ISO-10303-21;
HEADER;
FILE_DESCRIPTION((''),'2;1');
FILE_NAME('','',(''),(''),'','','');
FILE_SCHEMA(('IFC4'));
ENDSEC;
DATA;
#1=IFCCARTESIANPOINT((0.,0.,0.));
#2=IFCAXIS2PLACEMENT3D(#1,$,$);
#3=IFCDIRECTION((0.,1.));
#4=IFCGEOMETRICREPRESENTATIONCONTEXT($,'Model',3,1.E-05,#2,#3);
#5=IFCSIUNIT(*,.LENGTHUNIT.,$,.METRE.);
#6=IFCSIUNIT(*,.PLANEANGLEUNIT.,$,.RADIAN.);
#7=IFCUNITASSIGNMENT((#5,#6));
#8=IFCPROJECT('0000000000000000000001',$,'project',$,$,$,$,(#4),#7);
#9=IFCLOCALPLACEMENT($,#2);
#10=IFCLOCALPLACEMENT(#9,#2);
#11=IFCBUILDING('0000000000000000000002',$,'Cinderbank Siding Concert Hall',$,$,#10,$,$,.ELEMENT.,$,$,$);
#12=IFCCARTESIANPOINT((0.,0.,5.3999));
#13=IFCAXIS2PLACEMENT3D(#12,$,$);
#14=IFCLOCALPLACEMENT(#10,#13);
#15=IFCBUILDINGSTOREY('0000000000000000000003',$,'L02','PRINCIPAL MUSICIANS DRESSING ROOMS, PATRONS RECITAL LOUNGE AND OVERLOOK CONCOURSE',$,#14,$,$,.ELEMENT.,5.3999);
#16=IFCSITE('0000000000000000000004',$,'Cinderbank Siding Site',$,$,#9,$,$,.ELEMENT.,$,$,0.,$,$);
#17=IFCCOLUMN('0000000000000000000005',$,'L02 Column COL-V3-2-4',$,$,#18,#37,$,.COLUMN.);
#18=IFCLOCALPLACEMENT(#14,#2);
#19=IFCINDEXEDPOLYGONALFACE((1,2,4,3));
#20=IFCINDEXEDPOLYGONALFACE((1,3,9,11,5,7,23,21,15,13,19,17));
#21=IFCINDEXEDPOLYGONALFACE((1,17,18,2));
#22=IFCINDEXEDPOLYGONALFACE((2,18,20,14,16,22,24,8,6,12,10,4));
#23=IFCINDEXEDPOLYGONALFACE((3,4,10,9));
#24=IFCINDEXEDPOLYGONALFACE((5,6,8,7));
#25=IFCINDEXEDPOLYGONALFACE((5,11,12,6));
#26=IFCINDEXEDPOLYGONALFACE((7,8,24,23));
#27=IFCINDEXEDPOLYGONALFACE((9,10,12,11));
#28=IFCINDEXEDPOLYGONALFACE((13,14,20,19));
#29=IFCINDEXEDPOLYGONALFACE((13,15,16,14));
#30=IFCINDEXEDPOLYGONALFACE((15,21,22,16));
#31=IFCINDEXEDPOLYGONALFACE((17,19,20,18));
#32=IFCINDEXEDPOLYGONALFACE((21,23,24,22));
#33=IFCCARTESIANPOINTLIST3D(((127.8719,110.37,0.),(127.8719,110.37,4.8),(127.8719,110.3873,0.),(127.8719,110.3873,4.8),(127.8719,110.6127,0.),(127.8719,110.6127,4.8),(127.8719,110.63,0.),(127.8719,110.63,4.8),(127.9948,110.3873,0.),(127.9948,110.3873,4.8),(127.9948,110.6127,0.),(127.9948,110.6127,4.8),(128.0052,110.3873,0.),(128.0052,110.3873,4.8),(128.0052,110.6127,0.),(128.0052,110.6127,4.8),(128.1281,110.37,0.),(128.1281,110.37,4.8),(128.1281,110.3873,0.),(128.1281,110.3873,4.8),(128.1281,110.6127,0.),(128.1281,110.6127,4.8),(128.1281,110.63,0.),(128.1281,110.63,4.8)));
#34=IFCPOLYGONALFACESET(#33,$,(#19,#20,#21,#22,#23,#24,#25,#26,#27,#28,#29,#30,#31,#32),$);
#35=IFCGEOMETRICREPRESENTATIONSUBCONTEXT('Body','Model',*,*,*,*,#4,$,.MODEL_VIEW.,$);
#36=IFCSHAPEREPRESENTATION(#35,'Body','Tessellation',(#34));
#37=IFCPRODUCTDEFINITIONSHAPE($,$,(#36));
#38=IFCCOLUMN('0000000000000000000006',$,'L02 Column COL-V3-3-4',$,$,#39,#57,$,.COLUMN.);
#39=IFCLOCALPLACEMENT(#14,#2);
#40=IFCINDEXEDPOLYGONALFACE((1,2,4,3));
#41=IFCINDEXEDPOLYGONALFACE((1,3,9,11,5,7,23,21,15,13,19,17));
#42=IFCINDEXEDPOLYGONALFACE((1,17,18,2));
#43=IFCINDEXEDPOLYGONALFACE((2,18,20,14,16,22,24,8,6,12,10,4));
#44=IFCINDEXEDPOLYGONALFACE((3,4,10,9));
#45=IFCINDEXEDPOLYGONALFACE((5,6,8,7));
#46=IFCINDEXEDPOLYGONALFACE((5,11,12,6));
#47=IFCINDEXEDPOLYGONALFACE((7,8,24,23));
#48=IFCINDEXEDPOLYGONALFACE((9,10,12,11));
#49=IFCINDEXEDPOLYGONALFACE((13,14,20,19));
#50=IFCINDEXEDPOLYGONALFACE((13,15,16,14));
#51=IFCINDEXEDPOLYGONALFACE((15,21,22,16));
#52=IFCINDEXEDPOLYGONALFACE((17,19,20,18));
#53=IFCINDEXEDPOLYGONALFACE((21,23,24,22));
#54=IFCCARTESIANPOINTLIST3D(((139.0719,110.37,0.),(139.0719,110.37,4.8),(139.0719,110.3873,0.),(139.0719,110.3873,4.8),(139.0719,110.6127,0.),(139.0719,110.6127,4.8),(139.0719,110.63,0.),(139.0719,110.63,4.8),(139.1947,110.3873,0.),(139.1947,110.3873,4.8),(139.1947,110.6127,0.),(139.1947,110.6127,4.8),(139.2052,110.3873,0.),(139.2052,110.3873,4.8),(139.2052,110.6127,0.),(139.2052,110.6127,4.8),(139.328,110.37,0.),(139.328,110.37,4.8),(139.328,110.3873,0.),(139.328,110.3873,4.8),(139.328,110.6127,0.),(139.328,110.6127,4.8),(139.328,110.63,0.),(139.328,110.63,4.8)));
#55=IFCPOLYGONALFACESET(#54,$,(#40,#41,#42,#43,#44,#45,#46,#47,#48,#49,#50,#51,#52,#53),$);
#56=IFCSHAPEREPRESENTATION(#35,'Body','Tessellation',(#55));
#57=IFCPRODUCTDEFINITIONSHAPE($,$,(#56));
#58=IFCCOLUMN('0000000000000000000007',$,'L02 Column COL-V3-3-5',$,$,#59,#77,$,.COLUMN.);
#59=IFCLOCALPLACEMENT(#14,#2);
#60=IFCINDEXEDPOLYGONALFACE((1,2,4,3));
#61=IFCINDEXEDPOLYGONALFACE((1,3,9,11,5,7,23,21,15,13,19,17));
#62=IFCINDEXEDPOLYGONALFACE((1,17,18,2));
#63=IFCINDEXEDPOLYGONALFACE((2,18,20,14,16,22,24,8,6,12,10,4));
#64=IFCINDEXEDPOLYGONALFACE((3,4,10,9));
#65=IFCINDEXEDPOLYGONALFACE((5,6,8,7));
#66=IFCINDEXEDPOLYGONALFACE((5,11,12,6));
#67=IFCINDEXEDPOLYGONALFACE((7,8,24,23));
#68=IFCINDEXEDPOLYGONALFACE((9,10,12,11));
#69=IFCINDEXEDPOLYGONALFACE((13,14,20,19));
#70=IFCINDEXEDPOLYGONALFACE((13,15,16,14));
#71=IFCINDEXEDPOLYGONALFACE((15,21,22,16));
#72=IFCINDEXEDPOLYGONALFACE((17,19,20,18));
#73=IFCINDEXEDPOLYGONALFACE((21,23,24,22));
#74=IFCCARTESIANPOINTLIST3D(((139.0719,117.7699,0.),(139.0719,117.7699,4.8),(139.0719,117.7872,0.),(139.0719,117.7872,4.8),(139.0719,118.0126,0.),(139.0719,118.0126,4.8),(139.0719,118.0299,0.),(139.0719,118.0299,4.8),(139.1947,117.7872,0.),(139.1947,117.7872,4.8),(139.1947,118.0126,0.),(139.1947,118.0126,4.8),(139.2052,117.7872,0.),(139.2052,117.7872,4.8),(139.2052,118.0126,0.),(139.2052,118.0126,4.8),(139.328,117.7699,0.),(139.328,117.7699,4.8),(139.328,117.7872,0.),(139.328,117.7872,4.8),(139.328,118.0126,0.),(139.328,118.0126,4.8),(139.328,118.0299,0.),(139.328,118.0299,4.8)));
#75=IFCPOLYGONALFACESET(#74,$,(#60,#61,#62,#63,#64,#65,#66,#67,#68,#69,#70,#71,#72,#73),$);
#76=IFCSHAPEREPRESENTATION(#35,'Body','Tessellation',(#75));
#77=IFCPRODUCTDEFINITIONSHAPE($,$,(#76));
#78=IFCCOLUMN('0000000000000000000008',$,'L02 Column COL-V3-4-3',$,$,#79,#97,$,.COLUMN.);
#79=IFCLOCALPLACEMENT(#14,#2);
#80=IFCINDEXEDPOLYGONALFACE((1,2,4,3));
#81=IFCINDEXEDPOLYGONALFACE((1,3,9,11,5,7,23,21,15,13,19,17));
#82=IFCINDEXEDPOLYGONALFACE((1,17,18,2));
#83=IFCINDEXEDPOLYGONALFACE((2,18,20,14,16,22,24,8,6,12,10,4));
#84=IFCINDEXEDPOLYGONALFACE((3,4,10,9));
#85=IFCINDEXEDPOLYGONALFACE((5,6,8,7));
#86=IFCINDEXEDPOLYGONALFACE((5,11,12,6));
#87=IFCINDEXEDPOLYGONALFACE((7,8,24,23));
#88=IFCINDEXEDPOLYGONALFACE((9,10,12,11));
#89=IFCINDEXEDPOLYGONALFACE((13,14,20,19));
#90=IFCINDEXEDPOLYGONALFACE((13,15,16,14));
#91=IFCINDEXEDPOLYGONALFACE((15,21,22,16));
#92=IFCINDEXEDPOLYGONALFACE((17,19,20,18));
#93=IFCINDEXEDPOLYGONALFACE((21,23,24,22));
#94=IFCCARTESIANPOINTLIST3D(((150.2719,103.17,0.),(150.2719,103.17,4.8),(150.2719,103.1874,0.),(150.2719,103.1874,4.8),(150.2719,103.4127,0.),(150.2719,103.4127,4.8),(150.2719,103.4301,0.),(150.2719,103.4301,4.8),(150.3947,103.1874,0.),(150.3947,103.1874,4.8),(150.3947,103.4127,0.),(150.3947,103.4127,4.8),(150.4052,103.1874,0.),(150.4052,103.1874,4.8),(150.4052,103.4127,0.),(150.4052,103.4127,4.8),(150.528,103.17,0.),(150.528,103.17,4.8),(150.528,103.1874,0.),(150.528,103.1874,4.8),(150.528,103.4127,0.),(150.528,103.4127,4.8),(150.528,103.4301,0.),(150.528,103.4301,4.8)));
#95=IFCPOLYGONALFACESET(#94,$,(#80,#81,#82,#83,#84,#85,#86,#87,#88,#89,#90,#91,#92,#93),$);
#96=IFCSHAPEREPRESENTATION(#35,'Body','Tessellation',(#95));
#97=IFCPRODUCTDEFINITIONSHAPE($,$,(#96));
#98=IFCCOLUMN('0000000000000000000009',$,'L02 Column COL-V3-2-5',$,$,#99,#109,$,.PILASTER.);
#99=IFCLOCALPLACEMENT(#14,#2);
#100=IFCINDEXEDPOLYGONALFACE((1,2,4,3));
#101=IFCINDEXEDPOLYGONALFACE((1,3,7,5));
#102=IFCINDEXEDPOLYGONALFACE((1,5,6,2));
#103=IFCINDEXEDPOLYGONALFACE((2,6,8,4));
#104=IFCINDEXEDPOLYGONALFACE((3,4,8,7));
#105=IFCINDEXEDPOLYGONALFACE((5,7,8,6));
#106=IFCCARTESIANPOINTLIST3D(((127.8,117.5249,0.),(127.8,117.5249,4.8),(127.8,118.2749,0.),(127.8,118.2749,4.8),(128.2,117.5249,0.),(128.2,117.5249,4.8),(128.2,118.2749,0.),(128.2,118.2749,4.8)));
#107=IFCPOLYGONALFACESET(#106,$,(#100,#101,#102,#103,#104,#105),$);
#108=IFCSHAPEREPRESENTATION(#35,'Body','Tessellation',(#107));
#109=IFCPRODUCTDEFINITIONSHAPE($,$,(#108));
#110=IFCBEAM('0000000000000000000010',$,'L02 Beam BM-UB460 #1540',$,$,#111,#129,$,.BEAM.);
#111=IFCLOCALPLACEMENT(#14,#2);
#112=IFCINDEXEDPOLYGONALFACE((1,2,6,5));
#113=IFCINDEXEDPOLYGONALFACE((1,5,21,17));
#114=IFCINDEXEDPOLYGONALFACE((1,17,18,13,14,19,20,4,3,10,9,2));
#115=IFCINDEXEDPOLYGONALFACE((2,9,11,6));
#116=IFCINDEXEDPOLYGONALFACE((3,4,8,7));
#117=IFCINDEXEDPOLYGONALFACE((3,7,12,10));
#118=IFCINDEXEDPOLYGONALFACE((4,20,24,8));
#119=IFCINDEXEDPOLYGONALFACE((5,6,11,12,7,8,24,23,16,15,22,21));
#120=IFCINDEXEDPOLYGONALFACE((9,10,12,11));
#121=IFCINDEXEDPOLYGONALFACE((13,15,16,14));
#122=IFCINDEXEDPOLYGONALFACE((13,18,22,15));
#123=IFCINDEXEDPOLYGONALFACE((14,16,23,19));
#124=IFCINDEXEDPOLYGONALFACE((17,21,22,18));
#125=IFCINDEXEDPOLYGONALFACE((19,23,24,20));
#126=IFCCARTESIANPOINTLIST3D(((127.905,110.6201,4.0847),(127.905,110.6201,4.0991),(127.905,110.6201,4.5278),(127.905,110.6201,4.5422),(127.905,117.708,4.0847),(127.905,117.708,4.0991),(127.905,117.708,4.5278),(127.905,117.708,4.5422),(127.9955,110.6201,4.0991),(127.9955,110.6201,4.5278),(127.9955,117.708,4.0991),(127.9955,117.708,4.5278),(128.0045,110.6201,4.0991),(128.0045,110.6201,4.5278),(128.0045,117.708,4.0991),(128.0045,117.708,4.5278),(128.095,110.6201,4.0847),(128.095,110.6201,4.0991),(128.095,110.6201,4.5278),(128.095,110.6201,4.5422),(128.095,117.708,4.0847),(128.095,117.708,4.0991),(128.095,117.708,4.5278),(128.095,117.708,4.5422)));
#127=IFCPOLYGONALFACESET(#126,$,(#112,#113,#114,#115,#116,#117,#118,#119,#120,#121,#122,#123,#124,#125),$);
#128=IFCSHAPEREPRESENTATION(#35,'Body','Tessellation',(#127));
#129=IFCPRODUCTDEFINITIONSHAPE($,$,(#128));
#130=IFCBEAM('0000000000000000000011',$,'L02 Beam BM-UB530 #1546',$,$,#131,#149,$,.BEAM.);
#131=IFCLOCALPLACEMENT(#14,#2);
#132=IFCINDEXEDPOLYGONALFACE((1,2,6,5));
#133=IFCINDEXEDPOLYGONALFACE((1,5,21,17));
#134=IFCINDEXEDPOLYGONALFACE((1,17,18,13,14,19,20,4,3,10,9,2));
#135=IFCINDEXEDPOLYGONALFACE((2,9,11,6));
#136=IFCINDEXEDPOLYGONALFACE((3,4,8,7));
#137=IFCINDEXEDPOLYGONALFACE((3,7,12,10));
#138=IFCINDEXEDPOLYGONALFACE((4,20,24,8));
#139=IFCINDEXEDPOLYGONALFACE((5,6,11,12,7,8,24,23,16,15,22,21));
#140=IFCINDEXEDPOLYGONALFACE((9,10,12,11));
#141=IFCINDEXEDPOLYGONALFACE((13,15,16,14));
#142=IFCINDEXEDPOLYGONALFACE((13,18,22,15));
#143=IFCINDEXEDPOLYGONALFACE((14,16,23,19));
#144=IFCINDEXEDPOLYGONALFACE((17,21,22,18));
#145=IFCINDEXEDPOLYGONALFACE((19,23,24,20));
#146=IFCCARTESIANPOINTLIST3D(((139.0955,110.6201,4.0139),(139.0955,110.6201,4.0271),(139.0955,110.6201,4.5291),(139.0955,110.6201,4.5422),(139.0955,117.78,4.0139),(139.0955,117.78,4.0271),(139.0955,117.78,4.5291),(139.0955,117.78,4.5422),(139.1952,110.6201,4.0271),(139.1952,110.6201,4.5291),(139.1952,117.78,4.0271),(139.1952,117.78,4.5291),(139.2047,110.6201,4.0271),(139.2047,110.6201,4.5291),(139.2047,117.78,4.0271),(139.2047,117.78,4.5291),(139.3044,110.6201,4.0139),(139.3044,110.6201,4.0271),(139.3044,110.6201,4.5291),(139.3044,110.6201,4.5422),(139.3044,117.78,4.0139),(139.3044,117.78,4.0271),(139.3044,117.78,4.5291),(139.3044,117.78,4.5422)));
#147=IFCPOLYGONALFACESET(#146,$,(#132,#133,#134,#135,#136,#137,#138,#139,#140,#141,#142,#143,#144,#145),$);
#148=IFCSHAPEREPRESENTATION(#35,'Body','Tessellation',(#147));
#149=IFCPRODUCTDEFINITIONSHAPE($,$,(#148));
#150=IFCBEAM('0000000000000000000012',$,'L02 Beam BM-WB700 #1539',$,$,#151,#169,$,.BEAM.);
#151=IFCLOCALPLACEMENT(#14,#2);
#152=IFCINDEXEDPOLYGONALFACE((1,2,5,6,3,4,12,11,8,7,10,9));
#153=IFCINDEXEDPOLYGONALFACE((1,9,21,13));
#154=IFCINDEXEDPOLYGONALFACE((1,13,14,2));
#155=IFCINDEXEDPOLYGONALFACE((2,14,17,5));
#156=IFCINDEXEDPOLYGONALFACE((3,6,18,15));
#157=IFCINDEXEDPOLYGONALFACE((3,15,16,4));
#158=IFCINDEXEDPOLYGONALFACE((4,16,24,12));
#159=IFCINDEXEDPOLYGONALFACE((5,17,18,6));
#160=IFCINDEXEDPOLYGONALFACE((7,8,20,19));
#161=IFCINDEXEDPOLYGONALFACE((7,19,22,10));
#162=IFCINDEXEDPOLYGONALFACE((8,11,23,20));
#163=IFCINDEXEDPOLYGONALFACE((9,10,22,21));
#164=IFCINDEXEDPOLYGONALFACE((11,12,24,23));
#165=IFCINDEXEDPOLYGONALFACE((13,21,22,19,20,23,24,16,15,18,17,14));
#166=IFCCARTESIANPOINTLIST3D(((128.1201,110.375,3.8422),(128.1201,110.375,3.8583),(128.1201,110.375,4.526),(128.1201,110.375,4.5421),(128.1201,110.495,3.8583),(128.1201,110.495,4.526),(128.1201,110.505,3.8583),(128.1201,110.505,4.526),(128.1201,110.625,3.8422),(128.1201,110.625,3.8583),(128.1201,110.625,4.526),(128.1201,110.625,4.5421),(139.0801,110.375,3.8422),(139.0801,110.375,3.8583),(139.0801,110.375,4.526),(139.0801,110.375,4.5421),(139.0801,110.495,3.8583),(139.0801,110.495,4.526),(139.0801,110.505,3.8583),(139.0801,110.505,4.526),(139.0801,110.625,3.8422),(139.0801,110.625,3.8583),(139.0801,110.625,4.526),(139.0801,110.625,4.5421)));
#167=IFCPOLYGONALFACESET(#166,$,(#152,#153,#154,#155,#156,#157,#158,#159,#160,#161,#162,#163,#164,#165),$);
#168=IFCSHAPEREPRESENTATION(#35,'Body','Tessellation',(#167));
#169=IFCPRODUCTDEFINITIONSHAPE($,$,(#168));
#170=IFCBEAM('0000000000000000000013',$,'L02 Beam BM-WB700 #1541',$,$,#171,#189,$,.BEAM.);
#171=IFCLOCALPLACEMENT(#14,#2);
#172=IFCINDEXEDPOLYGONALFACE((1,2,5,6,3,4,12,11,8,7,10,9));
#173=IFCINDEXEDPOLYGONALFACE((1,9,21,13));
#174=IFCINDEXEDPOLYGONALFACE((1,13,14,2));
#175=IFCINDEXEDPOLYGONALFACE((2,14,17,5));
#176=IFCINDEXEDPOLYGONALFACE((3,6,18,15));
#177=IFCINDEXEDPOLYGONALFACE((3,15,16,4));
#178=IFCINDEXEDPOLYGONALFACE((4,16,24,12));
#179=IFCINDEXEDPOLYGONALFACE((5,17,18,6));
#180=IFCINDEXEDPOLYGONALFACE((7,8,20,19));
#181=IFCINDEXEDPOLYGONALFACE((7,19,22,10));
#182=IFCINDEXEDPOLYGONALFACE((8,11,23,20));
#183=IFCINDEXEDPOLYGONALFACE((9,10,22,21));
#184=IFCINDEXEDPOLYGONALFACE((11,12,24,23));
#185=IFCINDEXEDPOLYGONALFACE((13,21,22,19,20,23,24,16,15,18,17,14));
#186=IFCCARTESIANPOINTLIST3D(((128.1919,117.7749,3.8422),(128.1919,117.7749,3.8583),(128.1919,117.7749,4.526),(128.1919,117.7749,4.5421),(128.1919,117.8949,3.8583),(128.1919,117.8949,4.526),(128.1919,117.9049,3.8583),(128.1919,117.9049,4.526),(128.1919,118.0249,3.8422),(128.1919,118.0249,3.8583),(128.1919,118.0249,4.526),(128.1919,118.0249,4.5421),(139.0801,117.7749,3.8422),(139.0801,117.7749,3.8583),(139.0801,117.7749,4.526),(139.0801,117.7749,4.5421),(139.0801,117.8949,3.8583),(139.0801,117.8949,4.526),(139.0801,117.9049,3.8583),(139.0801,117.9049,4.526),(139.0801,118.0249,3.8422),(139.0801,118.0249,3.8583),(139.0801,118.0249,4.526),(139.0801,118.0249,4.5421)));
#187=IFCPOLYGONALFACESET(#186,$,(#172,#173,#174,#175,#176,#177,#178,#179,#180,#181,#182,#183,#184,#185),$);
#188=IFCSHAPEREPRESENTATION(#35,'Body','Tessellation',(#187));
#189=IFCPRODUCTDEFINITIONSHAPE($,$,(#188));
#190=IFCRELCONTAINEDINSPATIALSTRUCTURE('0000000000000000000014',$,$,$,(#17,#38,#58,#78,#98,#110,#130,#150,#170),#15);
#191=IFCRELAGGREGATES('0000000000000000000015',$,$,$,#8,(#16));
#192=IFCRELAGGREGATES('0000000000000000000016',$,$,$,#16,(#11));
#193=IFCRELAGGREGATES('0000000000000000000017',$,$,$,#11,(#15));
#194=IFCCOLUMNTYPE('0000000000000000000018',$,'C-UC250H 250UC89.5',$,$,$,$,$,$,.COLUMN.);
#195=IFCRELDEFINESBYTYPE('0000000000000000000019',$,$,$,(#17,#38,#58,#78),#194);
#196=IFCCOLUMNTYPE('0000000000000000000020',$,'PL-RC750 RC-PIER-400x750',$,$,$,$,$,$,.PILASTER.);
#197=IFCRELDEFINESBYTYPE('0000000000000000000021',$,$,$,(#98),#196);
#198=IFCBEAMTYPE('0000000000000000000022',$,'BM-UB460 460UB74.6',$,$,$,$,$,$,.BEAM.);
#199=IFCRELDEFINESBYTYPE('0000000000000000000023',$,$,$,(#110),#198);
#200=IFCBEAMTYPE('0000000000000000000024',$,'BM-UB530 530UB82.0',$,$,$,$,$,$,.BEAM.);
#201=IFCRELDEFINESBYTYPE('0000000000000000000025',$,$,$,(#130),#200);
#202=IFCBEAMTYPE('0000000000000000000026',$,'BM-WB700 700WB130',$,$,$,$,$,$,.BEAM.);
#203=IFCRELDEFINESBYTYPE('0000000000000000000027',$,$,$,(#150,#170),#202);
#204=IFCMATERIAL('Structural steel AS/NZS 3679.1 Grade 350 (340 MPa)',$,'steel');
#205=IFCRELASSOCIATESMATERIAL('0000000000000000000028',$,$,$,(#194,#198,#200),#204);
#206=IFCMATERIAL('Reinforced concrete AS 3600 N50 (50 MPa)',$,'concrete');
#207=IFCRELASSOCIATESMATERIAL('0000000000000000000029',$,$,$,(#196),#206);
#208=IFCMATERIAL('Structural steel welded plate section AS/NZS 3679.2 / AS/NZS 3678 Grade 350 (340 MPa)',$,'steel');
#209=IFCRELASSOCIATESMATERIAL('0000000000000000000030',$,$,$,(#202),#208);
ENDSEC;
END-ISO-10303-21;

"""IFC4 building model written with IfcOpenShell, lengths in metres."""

from ifc_helpers import new_model, si_unit, direction, frame, origin, origin_2d, place, context, subcontext, project, spatial, rectangle, i_section, extrude, material, material_profile, profile_set, type_object, element, save


model = new_model("IFC4")

# Units and contexts
model_context = context("Model", 3, precision=1e-05, world=origin(), true_north=direction((0.0, 1.0)))
body_context = subcontext(model_context, "Body", "Model", "MODEL_VIEW")
ifc_project = project(units=[si_unit("LENGTHUNIT", "METRE"), si_unit("PLANEANGLEUNIT", "RADIAN")], contexts=[model_context])

# Site, building, storey
site_placement = place(None, origin())
site = spatial("IfcSite", under=ifc_project, at=site_placement, Name="Cinderbank Siding Site", CompositionType="ELEMENT", RefElevation=0.0)
building_placement = place(site_placement, origin())
building = spatial("IfcBuilding", under=site, at=building_placement, Name="Cinderbank Siding Concert Hall", CompositionType="ELEMENT")
storey_placement = place(building_placement, frame((0.0, 0.0, 5.3999)))
storey = spatial("IfcBuildingStorey", under=building, at=storey_placement, Name="L02", Description="PRINCIPAL MUSICIANS DRESSING ROOMS, PATRONS RECITAL LOUNGE AND OVERLOOK CONCOURSE", CompositionType="ELEMENT", Elevation=5.3999)

# Columns
ifc_material_1 = material(Name="Structural steel AS/NZS 3679.1 Grade 350 (340 MPa)", Category="steel")
ifc_material_profile_1 = material_profile(ifc_material_1, i_section(OverallWidth=0.2561, OverallDepth=0.26, WebThickness=0.0105, FlangeThickness=0.0173, at=origin_2d()), Name="250UC89.5", Category="LoadBearing")
ifc_profile_set_1 = profile_set([ifc_material_profile_1], Name="Structural steel AS/NZS 3679.1 Grade 350 (340 MPa)")
column_type_1 = type_object("IfcColumnType", Name="C-UC250H 250UC89.5", PredefinedType="COLUMN", material=ifc_profile_set_1)
for number, where, z_axis, x_axis, name in (
    (1, (128.0, 110.5, 0.0), (0.0, 0.0, 1.0), (1.0, 0.0, 0.0), "L02 Column COL-V3-2-4"),
    (2, (139.2, 110.5, 0.0), (0.0, 0.0, 1.0), (1.0, 0.0, 0.0), "L02 Column COL-V3-3-4"),
    (3, (139.2, 117.8999, 0.0), (0.0, 0.0, 1.0), (1.0, 0.0, 0.0), "L02 Column COL-V3-3-5"),
    (4, (150.3999, 103.3, 0.0), (0.0, 0.0, 1.0), (1.0, 0.0, 0.0), "L02 Column COL-V3-4-3"),
):
    element("IfcColumn", number, at=place(storey_placement, frame(where, z_axis=z_axis, x_axis=x_axis)), inside=storey, type_object=column_type_1, Name=name, PredefinedType="COLUMN", context=body_context, shape_type="SweptSolid", body=[
        extrude(i_section(OverallWidth=0.2561, OverallDepth=0.26, WebThickness=0.0105, FlangeThickness=0.0173, at=origin_2d()), origin(), (0.0, 0.0, 1.0), 4.8),
    ])
ifc_material_2 = material(Name="Reinforced concrete AS 3600 N50 (50 MPa)", Category="concrete")
ifc_material_profile_2 = material_profile(ifc_material_2, rectangle(XDim=0.3999, YDim=0.75, at=origin_2d()), Name="RC-PIER-400x750", Category="LoadBearing")
ifc_profile_set_2 = profile_set([ifc_material_profile_2], Name="Reinforced concrete AS 3600 N50 (50 MPa)")
column_type_2 = type_object("IfcColumnType", Name="PL-RC750 RC-PIER-400x750", PredefinedType="PILASTER", material=ifc_profile_set_2)
column_placement = place(storey_placement, frame((128.0, 117.8999, 0.0), z_axis=(0.0, 0.0, 1.0), x_axis=(1.0, 0.0, 0.0)))
element("IfcColumn", 5, at=column_placement, inside=storey, type_object=column_type_2, Name="L02 Column COL-V3-2-5", PredefinedType="PILASTER", context=body_context, shape_type="SweptSolid", body=[
    extrude(rectangle(XDim=0.3999, YDim=0.75, at=origin_2d()), origin(), (0.0, 0.0, 1.0), 4.8),
])

# Beams
ifc_material_profile_3 = material_profile(ifc_material_1, i_section(OverallWidth=0.1899, OverallDepth=0.4575, WebThickness=0.009, FlangeThickness=0.0144, at=origin_2d()), Name="460UB74.6", Category="LoadBearing")
ifc_profile_set_3 = profile_set([ifc_material_profile_3], Name="Structural steel AS/NZS 3679.1 Grade 350 (340 MPa)")
beam_type_1 = type_object("IfcBeamType", Name="BM-UB460 460UB74.6", PredefinedType="BEAM", material=ifc_profile_set_3)
beam_1_placement = place(storey_placement, frame((128.0, 110.6201, 4.3135), z_axis=(0.0, 1.0, 0.0), x_axis=(-1.0, 0.0, 0.0)))
element("IfcBeam", 6, at=beam_1_placement, inside=storey, type_object=beam_type_1, Name="L02 Beam BM-UB460 #1540", PredefinedType="BEAM", context=body_context, shape_type="SweptSolid", body=[
    extrude(i_section(OverallWidth=0.1899, OverallDepth=0.4575, WebThickness=0.009, FlangeThickness=0.0144, at=origin_2d()), origin(), (0.0, 0.0, 1.0), 7.0879),
])
ifc_material_profile_4 = material_profile(ifc_material_1, i_section(OverallWidth=0.209, OverallDepth=0.5283, WebThickness=0.0095, FlangeThickness=0.0132, at=origin_2d()), Name="530UB82.0", Category="LoadBearing")
ifc_profile_set_4 = profile_set([ifc_material_profile_4], Name="Structural steel AS/NZS 3679.1 Grade 350 (340 MPa)")
beam_type_2 = type_object("IfcBeamType", Name="BM-UB530 530UB82.0", PredefinedType="BEAM", material=ifc_profile_set_4)
beam_2_placement = place(storey_placement, frame((139.2, 110.6201, 4.2781), z_axis=(0.0, 1.0, 0.0), x_axis=(-1.0, 0.0, 0.0)))
element("IfcBeam", 7, at=beam_2_placement, inside=storey, type_object=beam_type_2, Name="L02 Beam BM-UB530 #1546", PredefinedType="BEAM", context=body_context, shape_type="SweptSolid", body=[
    extrude(i_section(OverallWidth=0.209, OverallDepth=0.5283, WebThickness=0.0095, FlangeThickness=0.0132, at=origin_2d()), origin(), (0.0, 0.0, 1.0), 7.1599),
])
ifc_material_3 = material(Name="Structural steel welded plate section AS/NZS 3679.2 / AS/NZS 3678 Grade 350 (340 MPa)", Category="steel")
ifc_material_profile_5 = material_profile(ifc_material_3, i_section(OverallWidth=0.25, OverallDepth=0.7, WebThickness=0.01, FlangeThickness=0.0161, at=origin_2d()), Name="700WB130", Category="LoadBearing")
ifc_profile_set_5 = profile_set([ifc_material_profile_5], Name="Structural steel welded plate section AS/NZS 3679.2 / AS/NZS 3678 Grade 350 (340 MPa)")
beam_type_3 = type_object("IfcBeamType", Name="BM-WB700 700WB130", PredefinedType="BEAM", material=ifc_profile_set_5)
beam_3_placement = place(storey_placement, frame((128.1201, 110.5, 4.1921), z_axis=(1.0, 0.0, 0.0), x_axis=(0.0, 1.0, 0.0)))
element("IfcBeam", 8, at=beam_3_placement, inside=storey, type_object=beam_type_3, Name="L02 Beam BM-WB700 #1539", PredefinedType="BEAM", context=body_context, shape_type="SweptSolid", body=[
    extrude(i_section(OverallWidth=0.25, OverallDepth=0.7, WebThickness=0.01, FlangeThickness=0.0161, at=origin_2d()), origin(), (0.0, 0.0, 1.0), 10.96),
])
beam_4_placement = place(storey_placement, frame((128.1919, 117.8999, 4.1921), z_axis=(1.0, 0.0, 0.0), x_axis=(0.0, 1.0, 0.0)))
element("IfcBeam", 9, at=beam_4_placement, inside=storey, type_object=beam_type_3, Name="L02 Beam BM-WB700 #1541", PredefinedType="BEAM", context=body_context, shape_type="SweptSolid", body=[
    extrude(i_section(OverallWidth=0.25, OverallDepth=0.7, WebThickness=0.01, FlangeThickness=0.0161, at=origin_2d()), origin(), (0.0, 0.0, 1.0), 10.8882),
])

save(model, "model.ifc")
